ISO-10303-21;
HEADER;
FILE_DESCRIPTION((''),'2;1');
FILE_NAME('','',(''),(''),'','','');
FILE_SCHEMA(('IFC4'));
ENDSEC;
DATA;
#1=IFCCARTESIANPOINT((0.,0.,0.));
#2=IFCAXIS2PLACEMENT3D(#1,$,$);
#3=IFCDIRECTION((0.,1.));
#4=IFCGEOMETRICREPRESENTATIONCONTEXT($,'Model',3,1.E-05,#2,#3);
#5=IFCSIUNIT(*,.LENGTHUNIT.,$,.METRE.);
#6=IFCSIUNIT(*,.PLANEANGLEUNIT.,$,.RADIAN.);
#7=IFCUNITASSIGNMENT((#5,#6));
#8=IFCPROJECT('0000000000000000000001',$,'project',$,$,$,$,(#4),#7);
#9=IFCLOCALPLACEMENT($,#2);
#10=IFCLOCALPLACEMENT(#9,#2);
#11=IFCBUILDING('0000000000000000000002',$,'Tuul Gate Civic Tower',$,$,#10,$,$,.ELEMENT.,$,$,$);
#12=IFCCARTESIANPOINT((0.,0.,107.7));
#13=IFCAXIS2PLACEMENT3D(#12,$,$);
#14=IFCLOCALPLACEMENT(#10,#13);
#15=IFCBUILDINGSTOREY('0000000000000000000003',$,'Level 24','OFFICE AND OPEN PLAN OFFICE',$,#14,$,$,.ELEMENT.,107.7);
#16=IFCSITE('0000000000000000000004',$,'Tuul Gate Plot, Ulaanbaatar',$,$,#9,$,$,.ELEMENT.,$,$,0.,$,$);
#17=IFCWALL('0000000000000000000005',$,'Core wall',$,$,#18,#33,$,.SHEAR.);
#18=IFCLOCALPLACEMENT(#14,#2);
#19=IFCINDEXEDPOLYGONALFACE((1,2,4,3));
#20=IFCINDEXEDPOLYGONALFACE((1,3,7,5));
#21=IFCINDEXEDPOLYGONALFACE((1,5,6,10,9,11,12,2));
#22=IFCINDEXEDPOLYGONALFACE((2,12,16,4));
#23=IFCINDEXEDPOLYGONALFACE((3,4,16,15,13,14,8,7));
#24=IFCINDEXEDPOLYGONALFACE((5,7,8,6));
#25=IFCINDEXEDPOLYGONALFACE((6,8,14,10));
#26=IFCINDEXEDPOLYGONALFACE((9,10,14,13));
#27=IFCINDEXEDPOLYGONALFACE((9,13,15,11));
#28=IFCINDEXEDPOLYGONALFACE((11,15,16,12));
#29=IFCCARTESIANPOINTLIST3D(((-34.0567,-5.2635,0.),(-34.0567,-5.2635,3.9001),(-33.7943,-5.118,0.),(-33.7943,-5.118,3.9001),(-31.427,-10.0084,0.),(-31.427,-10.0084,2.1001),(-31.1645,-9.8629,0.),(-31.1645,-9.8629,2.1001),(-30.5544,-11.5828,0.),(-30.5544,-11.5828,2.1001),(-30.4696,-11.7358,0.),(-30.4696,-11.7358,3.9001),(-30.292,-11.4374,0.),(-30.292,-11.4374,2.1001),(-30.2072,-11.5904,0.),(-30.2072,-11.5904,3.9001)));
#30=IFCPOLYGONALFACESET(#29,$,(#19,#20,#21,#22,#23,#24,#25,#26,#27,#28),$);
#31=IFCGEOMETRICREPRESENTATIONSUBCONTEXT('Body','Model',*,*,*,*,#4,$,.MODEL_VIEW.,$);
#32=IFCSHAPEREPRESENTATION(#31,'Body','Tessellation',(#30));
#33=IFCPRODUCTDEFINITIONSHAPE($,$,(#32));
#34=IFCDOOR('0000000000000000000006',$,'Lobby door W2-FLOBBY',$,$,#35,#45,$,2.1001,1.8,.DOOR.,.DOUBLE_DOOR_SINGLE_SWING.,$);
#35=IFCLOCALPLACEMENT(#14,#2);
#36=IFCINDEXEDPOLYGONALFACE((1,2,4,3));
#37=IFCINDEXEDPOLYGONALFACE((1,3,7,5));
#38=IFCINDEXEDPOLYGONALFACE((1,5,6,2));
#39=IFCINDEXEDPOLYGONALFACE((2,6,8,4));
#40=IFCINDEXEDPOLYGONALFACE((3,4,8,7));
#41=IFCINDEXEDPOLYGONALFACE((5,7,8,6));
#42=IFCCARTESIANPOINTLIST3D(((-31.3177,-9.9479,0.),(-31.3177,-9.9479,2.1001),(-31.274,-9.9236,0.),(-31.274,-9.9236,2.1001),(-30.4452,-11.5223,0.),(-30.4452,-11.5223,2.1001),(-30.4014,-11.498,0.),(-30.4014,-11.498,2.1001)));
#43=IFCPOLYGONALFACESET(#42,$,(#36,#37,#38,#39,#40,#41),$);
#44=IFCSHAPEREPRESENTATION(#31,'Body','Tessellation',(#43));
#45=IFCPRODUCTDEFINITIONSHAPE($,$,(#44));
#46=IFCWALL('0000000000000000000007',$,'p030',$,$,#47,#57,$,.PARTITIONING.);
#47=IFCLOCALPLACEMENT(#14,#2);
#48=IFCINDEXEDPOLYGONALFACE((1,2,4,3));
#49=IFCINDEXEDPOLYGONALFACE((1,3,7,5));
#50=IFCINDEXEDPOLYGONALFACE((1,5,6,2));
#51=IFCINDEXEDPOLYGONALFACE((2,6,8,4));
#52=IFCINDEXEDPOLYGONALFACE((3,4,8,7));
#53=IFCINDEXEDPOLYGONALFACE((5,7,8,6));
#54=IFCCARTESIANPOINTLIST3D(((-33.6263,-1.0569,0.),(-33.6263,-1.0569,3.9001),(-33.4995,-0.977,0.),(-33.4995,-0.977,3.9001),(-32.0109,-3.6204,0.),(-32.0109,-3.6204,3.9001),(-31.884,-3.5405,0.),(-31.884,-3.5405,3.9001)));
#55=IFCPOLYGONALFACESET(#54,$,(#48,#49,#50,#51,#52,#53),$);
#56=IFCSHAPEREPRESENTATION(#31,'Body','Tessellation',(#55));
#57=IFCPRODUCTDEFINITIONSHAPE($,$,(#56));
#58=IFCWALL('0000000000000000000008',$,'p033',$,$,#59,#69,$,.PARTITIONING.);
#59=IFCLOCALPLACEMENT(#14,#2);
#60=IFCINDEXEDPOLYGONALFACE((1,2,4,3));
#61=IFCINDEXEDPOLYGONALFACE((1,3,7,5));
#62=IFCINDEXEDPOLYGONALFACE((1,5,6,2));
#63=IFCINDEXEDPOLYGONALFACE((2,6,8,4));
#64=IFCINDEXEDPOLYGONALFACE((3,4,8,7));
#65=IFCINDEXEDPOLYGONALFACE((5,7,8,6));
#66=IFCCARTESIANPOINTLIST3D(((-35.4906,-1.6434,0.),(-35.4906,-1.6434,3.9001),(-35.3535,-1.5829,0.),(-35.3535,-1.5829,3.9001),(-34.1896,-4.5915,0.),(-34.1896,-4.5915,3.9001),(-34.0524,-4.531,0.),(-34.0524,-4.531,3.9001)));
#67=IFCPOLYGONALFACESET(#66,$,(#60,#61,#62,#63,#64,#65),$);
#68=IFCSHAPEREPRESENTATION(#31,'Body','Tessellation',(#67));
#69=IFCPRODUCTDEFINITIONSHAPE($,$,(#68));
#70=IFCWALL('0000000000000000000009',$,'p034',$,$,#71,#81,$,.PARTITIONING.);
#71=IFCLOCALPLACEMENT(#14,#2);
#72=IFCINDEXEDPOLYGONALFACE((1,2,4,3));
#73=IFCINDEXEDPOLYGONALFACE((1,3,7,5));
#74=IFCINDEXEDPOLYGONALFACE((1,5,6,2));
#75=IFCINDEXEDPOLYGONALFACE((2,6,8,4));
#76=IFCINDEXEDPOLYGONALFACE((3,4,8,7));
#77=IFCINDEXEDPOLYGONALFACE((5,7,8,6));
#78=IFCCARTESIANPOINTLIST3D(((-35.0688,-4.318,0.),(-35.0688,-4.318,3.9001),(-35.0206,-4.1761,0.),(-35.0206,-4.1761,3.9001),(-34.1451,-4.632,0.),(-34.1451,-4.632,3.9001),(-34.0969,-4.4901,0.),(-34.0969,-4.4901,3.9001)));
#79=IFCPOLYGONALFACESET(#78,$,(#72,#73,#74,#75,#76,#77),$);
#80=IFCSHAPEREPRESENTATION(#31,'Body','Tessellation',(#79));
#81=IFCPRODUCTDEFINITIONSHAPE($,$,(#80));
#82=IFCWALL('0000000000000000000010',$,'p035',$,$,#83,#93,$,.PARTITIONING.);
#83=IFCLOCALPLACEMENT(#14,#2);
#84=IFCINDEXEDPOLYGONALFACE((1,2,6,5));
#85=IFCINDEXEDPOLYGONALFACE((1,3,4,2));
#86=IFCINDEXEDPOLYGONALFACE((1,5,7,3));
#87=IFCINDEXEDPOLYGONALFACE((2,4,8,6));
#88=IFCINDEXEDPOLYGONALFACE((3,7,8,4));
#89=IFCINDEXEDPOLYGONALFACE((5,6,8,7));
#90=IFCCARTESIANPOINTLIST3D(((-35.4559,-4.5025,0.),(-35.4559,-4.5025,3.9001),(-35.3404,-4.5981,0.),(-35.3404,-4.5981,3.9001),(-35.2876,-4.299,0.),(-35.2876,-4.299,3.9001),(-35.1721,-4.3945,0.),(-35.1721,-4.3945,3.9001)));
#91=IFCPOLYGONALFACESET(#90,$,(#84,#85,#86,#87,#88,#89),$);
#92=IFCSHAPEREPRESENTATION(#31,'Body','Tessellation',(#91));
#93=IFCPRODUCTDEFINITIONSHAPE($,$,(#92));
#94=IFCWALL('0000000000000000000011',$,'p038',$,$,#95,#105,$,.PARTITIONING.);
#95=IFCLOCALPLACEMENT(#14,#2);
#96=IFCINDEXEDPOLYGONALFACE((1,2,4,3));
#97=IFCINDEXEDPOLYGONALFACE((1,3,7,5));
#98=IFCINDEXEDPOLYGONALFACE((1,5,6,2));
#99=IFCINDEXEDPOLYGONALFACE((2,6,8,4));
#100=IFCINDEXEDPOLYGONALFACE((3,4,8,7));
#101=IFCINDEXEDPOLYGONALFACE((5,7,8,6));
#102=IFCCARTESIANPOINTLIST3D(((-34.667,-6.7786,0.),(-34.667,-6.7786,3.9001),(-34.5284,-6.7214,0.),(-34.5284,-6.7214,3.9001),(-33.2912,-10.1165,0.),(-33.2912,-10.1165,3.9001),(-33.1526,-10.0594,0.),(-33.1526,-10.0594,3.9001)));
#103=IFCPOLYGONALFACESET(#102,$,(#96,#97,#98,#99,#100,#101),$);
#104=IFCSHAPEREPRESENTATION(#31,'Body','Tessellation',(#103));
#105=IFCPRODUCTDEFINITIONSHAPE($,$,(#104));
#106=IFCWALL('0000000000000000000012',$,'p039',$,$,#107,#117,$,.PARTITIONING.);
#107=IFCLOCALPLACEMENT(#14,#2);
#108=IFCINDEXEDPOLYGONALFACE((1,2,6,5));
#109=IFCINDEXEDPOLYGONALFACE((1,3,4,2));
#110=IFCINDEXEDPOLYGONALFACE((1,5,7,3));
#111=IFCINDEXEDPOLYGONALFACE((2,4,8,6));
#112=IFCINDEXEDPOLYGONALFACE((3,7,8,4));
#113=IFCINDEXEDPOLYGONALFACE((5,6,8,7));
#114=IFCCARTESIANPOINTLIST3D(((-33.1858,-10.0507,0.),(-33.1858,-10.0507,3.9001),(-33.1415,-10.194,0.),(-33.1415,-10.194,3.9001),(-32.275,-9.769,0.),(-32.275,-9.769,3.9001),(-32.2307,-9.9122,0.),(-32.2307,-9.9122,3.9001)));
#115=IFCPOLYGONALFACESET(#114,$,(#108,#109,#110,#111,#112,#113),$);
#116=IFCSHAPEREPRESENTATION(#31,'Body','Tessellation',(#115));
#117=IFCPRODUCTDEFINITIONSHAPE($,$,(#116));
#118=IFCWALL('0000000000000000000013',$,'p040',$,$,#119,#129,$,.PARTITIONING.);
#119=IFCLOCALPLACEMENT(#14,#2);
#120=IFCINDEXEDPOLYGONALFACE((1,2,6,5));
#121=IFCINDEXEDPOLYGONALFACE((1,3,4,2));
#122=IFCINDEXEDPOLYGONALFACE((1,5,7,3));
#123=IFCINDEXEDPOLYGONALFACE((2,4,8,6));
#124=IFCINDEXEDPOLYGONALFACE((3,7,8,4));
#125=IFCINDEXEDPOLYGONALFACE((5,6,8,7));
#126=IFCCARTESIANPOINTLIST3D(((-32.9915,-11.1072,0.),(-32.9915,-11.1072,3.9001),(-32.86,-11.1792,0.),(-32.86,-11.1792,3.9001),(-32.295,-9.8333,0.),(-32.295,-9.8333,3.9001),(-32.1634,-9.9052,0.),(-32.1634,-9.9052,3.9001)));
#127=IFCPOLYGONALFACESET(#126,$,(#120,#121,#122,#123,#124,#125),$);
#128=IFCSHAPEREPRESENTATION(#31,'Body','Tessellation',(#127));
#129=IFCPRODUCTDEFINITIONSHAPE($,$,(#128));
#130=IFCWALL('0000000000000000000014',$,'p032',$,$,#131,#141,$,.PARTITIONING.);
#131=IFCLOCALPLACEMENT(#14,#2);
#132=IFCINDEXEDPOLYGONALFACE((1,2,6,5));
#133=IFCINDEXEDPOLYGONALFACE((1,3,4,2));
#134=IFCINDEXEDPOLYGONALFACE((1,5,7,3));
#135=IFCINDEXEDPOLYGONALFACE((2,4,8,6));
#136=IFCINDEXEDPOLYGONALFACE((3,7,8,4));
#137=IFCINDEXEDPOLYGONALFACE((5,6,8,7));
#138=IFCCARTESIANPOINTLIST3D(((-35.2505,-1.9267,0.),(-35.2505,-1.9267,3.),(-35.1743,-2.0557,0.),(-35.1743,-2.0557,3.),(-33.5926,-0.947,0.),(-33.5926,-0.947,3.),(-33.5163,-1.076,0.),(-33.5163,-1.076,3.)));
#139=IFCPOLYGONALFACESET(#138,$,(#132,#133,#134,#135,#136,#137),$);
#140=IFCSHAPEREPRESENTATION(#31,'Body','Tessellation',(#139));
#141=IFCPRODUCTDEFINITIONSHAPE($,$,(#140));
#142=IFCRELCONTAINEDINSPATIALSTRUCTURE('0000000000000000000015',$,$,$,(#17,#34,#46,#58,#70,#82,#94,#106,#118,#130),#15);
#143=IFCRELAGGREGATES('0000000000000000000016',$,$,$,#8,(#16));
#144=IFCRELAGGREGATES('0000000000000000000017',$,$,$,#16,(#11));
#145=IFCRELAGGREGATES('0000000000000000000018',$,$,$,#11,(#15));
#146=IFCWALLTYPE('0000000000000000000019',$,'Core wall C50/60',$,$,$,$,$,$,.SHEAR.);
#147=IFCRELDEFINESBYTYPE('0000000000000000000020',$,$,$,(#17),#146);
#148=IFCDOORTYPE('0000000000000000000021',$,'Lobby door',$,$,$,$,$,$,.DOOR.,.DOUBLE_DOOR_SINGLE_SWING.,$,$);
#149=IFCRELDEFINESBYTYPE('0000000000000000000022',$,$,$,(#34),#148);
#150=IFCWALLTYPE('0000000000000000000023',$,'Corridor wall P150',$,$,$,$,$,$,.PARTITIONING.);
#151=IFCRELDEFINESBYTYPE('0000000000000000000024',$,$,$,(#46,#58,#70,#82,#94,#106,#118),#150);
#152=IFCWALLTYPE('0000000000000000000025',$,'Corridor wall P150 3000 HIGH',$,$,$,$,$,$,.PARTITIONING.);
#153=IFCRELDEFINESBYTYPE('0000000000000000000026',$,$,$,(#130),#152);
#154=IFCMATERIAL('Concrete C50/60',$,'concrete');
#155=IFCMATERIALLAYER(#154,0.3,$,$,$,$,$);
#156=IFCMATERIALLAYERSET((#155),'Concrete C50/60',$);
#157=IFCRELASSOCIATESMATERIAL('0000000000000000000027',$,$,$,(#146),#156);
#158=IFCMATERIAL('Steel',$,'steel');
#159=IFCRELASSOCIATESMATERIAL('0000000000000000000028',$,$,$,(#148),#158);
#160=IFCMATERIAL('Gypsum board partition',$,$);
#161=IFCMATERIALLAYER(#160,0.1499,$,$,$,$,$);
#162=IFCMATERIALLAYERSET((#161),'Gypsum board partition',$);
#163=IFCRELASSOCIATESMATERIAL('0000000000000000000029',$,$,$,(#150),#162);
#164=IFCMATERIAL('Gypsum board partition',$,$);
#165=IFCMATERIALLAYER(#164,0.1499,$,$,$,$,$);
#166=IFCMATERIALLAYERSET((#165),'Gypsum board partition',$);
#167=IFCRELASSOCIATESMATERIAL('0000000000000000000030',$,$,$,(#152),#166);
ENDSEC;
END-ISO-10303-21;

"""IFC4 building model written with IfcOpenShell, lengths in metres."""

from ifc_helpers import new_model, si_unit, direction, frame, frame_2d, origin, place, context, subcontext, project, spatial, rectangle, extrude, material, layer, layer_set, type_object, element, fill, save


model = new_model("IFC4")

# Units and contexts
model_context = context("Model", 3, precision=1e-05, world=origin(), true_north=direction((0.0, 1.0)))
body_context = subcontext(model_context, "Body", "Model", "MODEL_VIEW")
ifc_project = project(units=[si_unit("LENGTHUNIT", "METRE"), si_unit("PLANEANGLEUNIT", "RADIAN")], contexts=[model_context])

# Site, building, storey
site_placement = place(None, origin())
site = spatial("IfcSite", under=ifc_project, at=site_placement, Name="Tuul Gate Plot, Ulaanbaatar", CompositionType="ELEMENT", RefElevation=0.0)
building_placement = place(site_placement, origin())
building = spatial("IfcBuilding", under=site, at=building_placement, Name="Tuul Gate Civic Tower", CompositionType="ELEMENT")
storey_placement = place(building_placement, frame((0.0, 0.0, 107.7)))
storey = spatial("IfcBuildingStorey", under=building, at=storey_placement, Name="Level 24", Description="OFFICE AND OPEN PLAN OFFICE", CompositionType="ELEMENT", Elevation=107.7)

# Shared definitions
ifc_material_1 = material(Name="Concrete C50/60", Category="concrete")
ifc_layer_1 = layer(ifc_material_1, 0.3)
ifc_layer_set_1 = layer_set([ifc_layer_1], Name="Concrete C50/60")
wall_type_1 = type_object("IfcWallType", Name="Core wall C50/60", PredefinedType="SHEAR", material=ifc_layer_set_1)

# Wall, opening, door
wall_1_placement = place(storey_placement, frame((-30.3384, -11.6631, 0.0), z_axis=(0.0, 0.0, 1.0), x_axis=(-0.484752, 0.874652, 0.0)))
wall_1 = element("IfcWall", 1, at=wall_1_placement, inside=storey, type_object=wall_type_1, Name="Core wall", PredefinedType="SHEAR", context=body_context, shape_type="SweptSolid", body=[
    extrude(rectangle(XDim=7.3999, YDim=0.3, at=frame_2d((3.7, 0.0))), origin(), (0.0, 0.0, 1.0), 3.9001),
])
opening_1_placement = place(wall_1_placement, frame((0.175, 0.0, 0.0)))
opening_1 = element("IfcOpeningElement", 2, at=opening_1_placement, cuts=wall_1, PredefinedType="OPENING", context=body_context, shape_type="SweptSolid", body=[
    extrude(rectangle(XDim=1.8, YDim=2.1001, at=frame_2d((0.8999, 1.05))), frame((0.0, 0.1602, 0.0), z_axis=(0.0, -1.0, 0.0), x_axis=(1.0, 0.0, 0.0)), (0.0, 0.0, 1.0), 0.3201),
])
ifc_material_2 = material(Name="Steel", Category="steel")
door_type_1 = type_object("IfcDoorType", Name="Lobby door", OperationType="DOUBLE_DOOR_SINGLE_SWING", PredefinedType="DOOR", material=ifc_material_2)
door_1_placement = place(opening_1_placement, frame((1.8, 0.0, 0.0), z_axis=(0.0, 0.0, 1.0), x_axis=(-1.0, 0.0, 0.0)))
door_1 = element("IfcDoor", 3, at=door_1_placement, inside=storey, type_object=door_type_1, Name="Lobby door W2-FLOBBY", OperationType="DOUBLE_DOOR_SINGLE_SWING", OverallHeight=2.1001, OverallWidth=1.8, PredefinedType="DOOR", context=body_context, shape_type="SweptSolid", body=[
    extrude(rectangle(XDim=1.8, YDim=2.1001, at=frame_2d((0.9001, 1.05))), frame((0.0, 0.0249, 0.0), z_axis=(0.0, -1.0, 0.0), x_axis=(1.0, 0.0, 0.0)), (0.0, 0.0, 1.0), 0.05),
])
fill(opening_1, door_1)

# Walls
ifc_material_3 = material(Name="Gypsum board partition")
ifc_layer_2 = layer(ifc_material_3, 0.1499)
ifc_layer_set_2 = layer_set([ifc_layer_2], Name="Gypsum board partition")
wall_type_2 = type_object("IfcWallType", Name="Corridor wall P150", PredefinedType="PARTITIONING", material=ifc_layer_set_2)
wall_2_placement = place(storey_placement, frame((-33.563, -1.0168, 0.0), z_axis=(0.0, 0.0, 1.0), x_axis=(0.533153, -0.846019, 0.0)))
element("IfcWall", 4, at=wall_2_placement, inside=storey, type_object=wall_type_2, Name="p030", PredefinedType="PARTITIONING", context=body_context, shape_type="SweptSolid", body=[
    extrude(rectangle(XDim=3.03, YDim=0.1499, at=frame_2d((1.5151, 0.0))), origin(), (0.0, 0.0, 1.0), 3.9001),
])
wall_3_placement = place(storey_placement, frame((-35.4221, -1.613, 0.0), z_axis=(0.0, 0.0, 1.0), x_axis=(0.403754, -0.914868, 0.0)))
element("IfcWall", 5, at=wall_3_placement, inside=storey, type_object=wall_type_2, Name="p033", PredefinedType="PARTITIONING", context=body_context, shape_type="SweptSolid", body=[
    extrude(rectangle(XDim=3.2224, YDim=0.1499, at=frame_2d((1.6113, 0.0))), origin(), (0.0, 0.0, 1.0), 3.9001),
])
wall_4_placement = place(storey_placement, frame((-35.0447, -4.2471, 0.0), z_axis=(0.0, 0.0, 1.0), x_axis=(0.94679, -0.321853, 0.0)))
element("IfcWall", 6, at=wall_4_placement, inside=storey, type_object=wall_type_2, Name="p034", PredefinedType="PARTITIONING", context=body_context, shape_type="SweptSolid", body=[
    extrude(rectangle(XDim=0.9756, YDim=0.1499, at=frame_2d((0.4878, 0.0))), origin(), (0.0, 0.0, 1.0), 3.9001),
])
wall_5_placement = place(storey_placement, frame((-35.3982, -4.5503, 0.0), z_axis=(0.0, 0.0, 1.0), x_axis=(0.637454, 0.770488, 0.0)))
element("IfcWall", 7, at=wall_5_placement, inside=storey, type_object=wall_type_2, Name="p035", PredefinedType="PARTITIONING", context=body_context, shape_type="SweptSolid", body=[
    extrude(rectangle(XDim=0.2642, YDim=0.1499, at=frame_2d((0.1321, 0.0))), origin(), (0.0, 0.0, 1.0), 3.9001),
])
wall_6_placement = place(storey_placement, frame((-34.5977, -6.75, 0.0), z_axis=(0.0, 0.0, 1.0), x_axis=(0.381059, -0.924551, 0.0)))
element("IfcWall", 8, at=wall_6_placement, inside=storey, type_object=wall_type_2, Name="p038", PredefinedType="PARTITIONING", context=body_context, shape_type="SweptSolid", body=[
    extrude(rectangle(XDim=3.6104, YDim=0.1499, at=frame_2d((1.8052, 0.0))), origin(), (0.0, 0.0, 1.0), 3.9001),
])
wall_7_placement = place(storey_placement, frame((-33.1636, -10.1223, 0.0), z_axis=(0.0, 0.0, 1.0), x_axis=(0.955346, 0.295489, 0.0)))
element("IfcWall", 9, at=wall_7_placement, inside=storey, type_object=wall_type_2, Name="p039", PredefinedType="PARTITIONING", context=body_context, shape_type="SweptSolid", body=[
    extrude(rectangle(XDim=0.9534, YDim=0.1499, at=frame_2d((0.4766, 0.0))), origin(), (0.0, 0.0, 1.0), 3.9001),
])
wall_8_placement = place(storey_placement, frame((-32.9258, -11.1433, 0.0), z_axis=(0.0, 0.0, 1.0), x_axis=(0.479735, 0.877413, 0.0)))
element("IfcWall", 10, at=wall_8_placement, inside=storey, type_object=wall_type_2, Name="p040", PredefinedType="PARTITIONING", context=body_context, shape_type="SweptSolid", body=[
    extrude(rectangle(XDim=1.4519, YDim=0.1499, at=frame_2d((0.7261, 0.0))), origin(), (0.0, 0.0, 1.0), 3.9001),
])
ifc_material_4 = material(Name="Gypsum board partition")
ifc_layer_3 = layer(ifc_material_4, 0.1499)
ifc_layer_set_3 = layer_set([ifc_layer_3], Name="Gypsum board partition")
wall_type_3 = type_object("IfcWallType", Name="Corridor wall P150 3000 HIGH", PredefinedType="PARTITIONING", material=ifc_layer_set_3)
wall_9_placement = place(storey_placement, frame((-35.2124, -1.9912, 0.0), z_axis=(0.0, 0.0, 1.0), x_axis=(0.860919, 0.508742, 0.0)))
element("IfcWall", 11, at=wall_9_placement, inside=storey, type_object=wall_type_3, Name="p032", PredefinedType="PARTITIONING", context=body_context, shape_type="SweptSolid", body=[
    extrude(rectangle(XDim=1.9258, YDim=0.1499, at=frame_2d((0.9629, 0.0))), origin(), (0.0, 0.0, 1.0), 3.0),
])

save(model, "model.ifc")
